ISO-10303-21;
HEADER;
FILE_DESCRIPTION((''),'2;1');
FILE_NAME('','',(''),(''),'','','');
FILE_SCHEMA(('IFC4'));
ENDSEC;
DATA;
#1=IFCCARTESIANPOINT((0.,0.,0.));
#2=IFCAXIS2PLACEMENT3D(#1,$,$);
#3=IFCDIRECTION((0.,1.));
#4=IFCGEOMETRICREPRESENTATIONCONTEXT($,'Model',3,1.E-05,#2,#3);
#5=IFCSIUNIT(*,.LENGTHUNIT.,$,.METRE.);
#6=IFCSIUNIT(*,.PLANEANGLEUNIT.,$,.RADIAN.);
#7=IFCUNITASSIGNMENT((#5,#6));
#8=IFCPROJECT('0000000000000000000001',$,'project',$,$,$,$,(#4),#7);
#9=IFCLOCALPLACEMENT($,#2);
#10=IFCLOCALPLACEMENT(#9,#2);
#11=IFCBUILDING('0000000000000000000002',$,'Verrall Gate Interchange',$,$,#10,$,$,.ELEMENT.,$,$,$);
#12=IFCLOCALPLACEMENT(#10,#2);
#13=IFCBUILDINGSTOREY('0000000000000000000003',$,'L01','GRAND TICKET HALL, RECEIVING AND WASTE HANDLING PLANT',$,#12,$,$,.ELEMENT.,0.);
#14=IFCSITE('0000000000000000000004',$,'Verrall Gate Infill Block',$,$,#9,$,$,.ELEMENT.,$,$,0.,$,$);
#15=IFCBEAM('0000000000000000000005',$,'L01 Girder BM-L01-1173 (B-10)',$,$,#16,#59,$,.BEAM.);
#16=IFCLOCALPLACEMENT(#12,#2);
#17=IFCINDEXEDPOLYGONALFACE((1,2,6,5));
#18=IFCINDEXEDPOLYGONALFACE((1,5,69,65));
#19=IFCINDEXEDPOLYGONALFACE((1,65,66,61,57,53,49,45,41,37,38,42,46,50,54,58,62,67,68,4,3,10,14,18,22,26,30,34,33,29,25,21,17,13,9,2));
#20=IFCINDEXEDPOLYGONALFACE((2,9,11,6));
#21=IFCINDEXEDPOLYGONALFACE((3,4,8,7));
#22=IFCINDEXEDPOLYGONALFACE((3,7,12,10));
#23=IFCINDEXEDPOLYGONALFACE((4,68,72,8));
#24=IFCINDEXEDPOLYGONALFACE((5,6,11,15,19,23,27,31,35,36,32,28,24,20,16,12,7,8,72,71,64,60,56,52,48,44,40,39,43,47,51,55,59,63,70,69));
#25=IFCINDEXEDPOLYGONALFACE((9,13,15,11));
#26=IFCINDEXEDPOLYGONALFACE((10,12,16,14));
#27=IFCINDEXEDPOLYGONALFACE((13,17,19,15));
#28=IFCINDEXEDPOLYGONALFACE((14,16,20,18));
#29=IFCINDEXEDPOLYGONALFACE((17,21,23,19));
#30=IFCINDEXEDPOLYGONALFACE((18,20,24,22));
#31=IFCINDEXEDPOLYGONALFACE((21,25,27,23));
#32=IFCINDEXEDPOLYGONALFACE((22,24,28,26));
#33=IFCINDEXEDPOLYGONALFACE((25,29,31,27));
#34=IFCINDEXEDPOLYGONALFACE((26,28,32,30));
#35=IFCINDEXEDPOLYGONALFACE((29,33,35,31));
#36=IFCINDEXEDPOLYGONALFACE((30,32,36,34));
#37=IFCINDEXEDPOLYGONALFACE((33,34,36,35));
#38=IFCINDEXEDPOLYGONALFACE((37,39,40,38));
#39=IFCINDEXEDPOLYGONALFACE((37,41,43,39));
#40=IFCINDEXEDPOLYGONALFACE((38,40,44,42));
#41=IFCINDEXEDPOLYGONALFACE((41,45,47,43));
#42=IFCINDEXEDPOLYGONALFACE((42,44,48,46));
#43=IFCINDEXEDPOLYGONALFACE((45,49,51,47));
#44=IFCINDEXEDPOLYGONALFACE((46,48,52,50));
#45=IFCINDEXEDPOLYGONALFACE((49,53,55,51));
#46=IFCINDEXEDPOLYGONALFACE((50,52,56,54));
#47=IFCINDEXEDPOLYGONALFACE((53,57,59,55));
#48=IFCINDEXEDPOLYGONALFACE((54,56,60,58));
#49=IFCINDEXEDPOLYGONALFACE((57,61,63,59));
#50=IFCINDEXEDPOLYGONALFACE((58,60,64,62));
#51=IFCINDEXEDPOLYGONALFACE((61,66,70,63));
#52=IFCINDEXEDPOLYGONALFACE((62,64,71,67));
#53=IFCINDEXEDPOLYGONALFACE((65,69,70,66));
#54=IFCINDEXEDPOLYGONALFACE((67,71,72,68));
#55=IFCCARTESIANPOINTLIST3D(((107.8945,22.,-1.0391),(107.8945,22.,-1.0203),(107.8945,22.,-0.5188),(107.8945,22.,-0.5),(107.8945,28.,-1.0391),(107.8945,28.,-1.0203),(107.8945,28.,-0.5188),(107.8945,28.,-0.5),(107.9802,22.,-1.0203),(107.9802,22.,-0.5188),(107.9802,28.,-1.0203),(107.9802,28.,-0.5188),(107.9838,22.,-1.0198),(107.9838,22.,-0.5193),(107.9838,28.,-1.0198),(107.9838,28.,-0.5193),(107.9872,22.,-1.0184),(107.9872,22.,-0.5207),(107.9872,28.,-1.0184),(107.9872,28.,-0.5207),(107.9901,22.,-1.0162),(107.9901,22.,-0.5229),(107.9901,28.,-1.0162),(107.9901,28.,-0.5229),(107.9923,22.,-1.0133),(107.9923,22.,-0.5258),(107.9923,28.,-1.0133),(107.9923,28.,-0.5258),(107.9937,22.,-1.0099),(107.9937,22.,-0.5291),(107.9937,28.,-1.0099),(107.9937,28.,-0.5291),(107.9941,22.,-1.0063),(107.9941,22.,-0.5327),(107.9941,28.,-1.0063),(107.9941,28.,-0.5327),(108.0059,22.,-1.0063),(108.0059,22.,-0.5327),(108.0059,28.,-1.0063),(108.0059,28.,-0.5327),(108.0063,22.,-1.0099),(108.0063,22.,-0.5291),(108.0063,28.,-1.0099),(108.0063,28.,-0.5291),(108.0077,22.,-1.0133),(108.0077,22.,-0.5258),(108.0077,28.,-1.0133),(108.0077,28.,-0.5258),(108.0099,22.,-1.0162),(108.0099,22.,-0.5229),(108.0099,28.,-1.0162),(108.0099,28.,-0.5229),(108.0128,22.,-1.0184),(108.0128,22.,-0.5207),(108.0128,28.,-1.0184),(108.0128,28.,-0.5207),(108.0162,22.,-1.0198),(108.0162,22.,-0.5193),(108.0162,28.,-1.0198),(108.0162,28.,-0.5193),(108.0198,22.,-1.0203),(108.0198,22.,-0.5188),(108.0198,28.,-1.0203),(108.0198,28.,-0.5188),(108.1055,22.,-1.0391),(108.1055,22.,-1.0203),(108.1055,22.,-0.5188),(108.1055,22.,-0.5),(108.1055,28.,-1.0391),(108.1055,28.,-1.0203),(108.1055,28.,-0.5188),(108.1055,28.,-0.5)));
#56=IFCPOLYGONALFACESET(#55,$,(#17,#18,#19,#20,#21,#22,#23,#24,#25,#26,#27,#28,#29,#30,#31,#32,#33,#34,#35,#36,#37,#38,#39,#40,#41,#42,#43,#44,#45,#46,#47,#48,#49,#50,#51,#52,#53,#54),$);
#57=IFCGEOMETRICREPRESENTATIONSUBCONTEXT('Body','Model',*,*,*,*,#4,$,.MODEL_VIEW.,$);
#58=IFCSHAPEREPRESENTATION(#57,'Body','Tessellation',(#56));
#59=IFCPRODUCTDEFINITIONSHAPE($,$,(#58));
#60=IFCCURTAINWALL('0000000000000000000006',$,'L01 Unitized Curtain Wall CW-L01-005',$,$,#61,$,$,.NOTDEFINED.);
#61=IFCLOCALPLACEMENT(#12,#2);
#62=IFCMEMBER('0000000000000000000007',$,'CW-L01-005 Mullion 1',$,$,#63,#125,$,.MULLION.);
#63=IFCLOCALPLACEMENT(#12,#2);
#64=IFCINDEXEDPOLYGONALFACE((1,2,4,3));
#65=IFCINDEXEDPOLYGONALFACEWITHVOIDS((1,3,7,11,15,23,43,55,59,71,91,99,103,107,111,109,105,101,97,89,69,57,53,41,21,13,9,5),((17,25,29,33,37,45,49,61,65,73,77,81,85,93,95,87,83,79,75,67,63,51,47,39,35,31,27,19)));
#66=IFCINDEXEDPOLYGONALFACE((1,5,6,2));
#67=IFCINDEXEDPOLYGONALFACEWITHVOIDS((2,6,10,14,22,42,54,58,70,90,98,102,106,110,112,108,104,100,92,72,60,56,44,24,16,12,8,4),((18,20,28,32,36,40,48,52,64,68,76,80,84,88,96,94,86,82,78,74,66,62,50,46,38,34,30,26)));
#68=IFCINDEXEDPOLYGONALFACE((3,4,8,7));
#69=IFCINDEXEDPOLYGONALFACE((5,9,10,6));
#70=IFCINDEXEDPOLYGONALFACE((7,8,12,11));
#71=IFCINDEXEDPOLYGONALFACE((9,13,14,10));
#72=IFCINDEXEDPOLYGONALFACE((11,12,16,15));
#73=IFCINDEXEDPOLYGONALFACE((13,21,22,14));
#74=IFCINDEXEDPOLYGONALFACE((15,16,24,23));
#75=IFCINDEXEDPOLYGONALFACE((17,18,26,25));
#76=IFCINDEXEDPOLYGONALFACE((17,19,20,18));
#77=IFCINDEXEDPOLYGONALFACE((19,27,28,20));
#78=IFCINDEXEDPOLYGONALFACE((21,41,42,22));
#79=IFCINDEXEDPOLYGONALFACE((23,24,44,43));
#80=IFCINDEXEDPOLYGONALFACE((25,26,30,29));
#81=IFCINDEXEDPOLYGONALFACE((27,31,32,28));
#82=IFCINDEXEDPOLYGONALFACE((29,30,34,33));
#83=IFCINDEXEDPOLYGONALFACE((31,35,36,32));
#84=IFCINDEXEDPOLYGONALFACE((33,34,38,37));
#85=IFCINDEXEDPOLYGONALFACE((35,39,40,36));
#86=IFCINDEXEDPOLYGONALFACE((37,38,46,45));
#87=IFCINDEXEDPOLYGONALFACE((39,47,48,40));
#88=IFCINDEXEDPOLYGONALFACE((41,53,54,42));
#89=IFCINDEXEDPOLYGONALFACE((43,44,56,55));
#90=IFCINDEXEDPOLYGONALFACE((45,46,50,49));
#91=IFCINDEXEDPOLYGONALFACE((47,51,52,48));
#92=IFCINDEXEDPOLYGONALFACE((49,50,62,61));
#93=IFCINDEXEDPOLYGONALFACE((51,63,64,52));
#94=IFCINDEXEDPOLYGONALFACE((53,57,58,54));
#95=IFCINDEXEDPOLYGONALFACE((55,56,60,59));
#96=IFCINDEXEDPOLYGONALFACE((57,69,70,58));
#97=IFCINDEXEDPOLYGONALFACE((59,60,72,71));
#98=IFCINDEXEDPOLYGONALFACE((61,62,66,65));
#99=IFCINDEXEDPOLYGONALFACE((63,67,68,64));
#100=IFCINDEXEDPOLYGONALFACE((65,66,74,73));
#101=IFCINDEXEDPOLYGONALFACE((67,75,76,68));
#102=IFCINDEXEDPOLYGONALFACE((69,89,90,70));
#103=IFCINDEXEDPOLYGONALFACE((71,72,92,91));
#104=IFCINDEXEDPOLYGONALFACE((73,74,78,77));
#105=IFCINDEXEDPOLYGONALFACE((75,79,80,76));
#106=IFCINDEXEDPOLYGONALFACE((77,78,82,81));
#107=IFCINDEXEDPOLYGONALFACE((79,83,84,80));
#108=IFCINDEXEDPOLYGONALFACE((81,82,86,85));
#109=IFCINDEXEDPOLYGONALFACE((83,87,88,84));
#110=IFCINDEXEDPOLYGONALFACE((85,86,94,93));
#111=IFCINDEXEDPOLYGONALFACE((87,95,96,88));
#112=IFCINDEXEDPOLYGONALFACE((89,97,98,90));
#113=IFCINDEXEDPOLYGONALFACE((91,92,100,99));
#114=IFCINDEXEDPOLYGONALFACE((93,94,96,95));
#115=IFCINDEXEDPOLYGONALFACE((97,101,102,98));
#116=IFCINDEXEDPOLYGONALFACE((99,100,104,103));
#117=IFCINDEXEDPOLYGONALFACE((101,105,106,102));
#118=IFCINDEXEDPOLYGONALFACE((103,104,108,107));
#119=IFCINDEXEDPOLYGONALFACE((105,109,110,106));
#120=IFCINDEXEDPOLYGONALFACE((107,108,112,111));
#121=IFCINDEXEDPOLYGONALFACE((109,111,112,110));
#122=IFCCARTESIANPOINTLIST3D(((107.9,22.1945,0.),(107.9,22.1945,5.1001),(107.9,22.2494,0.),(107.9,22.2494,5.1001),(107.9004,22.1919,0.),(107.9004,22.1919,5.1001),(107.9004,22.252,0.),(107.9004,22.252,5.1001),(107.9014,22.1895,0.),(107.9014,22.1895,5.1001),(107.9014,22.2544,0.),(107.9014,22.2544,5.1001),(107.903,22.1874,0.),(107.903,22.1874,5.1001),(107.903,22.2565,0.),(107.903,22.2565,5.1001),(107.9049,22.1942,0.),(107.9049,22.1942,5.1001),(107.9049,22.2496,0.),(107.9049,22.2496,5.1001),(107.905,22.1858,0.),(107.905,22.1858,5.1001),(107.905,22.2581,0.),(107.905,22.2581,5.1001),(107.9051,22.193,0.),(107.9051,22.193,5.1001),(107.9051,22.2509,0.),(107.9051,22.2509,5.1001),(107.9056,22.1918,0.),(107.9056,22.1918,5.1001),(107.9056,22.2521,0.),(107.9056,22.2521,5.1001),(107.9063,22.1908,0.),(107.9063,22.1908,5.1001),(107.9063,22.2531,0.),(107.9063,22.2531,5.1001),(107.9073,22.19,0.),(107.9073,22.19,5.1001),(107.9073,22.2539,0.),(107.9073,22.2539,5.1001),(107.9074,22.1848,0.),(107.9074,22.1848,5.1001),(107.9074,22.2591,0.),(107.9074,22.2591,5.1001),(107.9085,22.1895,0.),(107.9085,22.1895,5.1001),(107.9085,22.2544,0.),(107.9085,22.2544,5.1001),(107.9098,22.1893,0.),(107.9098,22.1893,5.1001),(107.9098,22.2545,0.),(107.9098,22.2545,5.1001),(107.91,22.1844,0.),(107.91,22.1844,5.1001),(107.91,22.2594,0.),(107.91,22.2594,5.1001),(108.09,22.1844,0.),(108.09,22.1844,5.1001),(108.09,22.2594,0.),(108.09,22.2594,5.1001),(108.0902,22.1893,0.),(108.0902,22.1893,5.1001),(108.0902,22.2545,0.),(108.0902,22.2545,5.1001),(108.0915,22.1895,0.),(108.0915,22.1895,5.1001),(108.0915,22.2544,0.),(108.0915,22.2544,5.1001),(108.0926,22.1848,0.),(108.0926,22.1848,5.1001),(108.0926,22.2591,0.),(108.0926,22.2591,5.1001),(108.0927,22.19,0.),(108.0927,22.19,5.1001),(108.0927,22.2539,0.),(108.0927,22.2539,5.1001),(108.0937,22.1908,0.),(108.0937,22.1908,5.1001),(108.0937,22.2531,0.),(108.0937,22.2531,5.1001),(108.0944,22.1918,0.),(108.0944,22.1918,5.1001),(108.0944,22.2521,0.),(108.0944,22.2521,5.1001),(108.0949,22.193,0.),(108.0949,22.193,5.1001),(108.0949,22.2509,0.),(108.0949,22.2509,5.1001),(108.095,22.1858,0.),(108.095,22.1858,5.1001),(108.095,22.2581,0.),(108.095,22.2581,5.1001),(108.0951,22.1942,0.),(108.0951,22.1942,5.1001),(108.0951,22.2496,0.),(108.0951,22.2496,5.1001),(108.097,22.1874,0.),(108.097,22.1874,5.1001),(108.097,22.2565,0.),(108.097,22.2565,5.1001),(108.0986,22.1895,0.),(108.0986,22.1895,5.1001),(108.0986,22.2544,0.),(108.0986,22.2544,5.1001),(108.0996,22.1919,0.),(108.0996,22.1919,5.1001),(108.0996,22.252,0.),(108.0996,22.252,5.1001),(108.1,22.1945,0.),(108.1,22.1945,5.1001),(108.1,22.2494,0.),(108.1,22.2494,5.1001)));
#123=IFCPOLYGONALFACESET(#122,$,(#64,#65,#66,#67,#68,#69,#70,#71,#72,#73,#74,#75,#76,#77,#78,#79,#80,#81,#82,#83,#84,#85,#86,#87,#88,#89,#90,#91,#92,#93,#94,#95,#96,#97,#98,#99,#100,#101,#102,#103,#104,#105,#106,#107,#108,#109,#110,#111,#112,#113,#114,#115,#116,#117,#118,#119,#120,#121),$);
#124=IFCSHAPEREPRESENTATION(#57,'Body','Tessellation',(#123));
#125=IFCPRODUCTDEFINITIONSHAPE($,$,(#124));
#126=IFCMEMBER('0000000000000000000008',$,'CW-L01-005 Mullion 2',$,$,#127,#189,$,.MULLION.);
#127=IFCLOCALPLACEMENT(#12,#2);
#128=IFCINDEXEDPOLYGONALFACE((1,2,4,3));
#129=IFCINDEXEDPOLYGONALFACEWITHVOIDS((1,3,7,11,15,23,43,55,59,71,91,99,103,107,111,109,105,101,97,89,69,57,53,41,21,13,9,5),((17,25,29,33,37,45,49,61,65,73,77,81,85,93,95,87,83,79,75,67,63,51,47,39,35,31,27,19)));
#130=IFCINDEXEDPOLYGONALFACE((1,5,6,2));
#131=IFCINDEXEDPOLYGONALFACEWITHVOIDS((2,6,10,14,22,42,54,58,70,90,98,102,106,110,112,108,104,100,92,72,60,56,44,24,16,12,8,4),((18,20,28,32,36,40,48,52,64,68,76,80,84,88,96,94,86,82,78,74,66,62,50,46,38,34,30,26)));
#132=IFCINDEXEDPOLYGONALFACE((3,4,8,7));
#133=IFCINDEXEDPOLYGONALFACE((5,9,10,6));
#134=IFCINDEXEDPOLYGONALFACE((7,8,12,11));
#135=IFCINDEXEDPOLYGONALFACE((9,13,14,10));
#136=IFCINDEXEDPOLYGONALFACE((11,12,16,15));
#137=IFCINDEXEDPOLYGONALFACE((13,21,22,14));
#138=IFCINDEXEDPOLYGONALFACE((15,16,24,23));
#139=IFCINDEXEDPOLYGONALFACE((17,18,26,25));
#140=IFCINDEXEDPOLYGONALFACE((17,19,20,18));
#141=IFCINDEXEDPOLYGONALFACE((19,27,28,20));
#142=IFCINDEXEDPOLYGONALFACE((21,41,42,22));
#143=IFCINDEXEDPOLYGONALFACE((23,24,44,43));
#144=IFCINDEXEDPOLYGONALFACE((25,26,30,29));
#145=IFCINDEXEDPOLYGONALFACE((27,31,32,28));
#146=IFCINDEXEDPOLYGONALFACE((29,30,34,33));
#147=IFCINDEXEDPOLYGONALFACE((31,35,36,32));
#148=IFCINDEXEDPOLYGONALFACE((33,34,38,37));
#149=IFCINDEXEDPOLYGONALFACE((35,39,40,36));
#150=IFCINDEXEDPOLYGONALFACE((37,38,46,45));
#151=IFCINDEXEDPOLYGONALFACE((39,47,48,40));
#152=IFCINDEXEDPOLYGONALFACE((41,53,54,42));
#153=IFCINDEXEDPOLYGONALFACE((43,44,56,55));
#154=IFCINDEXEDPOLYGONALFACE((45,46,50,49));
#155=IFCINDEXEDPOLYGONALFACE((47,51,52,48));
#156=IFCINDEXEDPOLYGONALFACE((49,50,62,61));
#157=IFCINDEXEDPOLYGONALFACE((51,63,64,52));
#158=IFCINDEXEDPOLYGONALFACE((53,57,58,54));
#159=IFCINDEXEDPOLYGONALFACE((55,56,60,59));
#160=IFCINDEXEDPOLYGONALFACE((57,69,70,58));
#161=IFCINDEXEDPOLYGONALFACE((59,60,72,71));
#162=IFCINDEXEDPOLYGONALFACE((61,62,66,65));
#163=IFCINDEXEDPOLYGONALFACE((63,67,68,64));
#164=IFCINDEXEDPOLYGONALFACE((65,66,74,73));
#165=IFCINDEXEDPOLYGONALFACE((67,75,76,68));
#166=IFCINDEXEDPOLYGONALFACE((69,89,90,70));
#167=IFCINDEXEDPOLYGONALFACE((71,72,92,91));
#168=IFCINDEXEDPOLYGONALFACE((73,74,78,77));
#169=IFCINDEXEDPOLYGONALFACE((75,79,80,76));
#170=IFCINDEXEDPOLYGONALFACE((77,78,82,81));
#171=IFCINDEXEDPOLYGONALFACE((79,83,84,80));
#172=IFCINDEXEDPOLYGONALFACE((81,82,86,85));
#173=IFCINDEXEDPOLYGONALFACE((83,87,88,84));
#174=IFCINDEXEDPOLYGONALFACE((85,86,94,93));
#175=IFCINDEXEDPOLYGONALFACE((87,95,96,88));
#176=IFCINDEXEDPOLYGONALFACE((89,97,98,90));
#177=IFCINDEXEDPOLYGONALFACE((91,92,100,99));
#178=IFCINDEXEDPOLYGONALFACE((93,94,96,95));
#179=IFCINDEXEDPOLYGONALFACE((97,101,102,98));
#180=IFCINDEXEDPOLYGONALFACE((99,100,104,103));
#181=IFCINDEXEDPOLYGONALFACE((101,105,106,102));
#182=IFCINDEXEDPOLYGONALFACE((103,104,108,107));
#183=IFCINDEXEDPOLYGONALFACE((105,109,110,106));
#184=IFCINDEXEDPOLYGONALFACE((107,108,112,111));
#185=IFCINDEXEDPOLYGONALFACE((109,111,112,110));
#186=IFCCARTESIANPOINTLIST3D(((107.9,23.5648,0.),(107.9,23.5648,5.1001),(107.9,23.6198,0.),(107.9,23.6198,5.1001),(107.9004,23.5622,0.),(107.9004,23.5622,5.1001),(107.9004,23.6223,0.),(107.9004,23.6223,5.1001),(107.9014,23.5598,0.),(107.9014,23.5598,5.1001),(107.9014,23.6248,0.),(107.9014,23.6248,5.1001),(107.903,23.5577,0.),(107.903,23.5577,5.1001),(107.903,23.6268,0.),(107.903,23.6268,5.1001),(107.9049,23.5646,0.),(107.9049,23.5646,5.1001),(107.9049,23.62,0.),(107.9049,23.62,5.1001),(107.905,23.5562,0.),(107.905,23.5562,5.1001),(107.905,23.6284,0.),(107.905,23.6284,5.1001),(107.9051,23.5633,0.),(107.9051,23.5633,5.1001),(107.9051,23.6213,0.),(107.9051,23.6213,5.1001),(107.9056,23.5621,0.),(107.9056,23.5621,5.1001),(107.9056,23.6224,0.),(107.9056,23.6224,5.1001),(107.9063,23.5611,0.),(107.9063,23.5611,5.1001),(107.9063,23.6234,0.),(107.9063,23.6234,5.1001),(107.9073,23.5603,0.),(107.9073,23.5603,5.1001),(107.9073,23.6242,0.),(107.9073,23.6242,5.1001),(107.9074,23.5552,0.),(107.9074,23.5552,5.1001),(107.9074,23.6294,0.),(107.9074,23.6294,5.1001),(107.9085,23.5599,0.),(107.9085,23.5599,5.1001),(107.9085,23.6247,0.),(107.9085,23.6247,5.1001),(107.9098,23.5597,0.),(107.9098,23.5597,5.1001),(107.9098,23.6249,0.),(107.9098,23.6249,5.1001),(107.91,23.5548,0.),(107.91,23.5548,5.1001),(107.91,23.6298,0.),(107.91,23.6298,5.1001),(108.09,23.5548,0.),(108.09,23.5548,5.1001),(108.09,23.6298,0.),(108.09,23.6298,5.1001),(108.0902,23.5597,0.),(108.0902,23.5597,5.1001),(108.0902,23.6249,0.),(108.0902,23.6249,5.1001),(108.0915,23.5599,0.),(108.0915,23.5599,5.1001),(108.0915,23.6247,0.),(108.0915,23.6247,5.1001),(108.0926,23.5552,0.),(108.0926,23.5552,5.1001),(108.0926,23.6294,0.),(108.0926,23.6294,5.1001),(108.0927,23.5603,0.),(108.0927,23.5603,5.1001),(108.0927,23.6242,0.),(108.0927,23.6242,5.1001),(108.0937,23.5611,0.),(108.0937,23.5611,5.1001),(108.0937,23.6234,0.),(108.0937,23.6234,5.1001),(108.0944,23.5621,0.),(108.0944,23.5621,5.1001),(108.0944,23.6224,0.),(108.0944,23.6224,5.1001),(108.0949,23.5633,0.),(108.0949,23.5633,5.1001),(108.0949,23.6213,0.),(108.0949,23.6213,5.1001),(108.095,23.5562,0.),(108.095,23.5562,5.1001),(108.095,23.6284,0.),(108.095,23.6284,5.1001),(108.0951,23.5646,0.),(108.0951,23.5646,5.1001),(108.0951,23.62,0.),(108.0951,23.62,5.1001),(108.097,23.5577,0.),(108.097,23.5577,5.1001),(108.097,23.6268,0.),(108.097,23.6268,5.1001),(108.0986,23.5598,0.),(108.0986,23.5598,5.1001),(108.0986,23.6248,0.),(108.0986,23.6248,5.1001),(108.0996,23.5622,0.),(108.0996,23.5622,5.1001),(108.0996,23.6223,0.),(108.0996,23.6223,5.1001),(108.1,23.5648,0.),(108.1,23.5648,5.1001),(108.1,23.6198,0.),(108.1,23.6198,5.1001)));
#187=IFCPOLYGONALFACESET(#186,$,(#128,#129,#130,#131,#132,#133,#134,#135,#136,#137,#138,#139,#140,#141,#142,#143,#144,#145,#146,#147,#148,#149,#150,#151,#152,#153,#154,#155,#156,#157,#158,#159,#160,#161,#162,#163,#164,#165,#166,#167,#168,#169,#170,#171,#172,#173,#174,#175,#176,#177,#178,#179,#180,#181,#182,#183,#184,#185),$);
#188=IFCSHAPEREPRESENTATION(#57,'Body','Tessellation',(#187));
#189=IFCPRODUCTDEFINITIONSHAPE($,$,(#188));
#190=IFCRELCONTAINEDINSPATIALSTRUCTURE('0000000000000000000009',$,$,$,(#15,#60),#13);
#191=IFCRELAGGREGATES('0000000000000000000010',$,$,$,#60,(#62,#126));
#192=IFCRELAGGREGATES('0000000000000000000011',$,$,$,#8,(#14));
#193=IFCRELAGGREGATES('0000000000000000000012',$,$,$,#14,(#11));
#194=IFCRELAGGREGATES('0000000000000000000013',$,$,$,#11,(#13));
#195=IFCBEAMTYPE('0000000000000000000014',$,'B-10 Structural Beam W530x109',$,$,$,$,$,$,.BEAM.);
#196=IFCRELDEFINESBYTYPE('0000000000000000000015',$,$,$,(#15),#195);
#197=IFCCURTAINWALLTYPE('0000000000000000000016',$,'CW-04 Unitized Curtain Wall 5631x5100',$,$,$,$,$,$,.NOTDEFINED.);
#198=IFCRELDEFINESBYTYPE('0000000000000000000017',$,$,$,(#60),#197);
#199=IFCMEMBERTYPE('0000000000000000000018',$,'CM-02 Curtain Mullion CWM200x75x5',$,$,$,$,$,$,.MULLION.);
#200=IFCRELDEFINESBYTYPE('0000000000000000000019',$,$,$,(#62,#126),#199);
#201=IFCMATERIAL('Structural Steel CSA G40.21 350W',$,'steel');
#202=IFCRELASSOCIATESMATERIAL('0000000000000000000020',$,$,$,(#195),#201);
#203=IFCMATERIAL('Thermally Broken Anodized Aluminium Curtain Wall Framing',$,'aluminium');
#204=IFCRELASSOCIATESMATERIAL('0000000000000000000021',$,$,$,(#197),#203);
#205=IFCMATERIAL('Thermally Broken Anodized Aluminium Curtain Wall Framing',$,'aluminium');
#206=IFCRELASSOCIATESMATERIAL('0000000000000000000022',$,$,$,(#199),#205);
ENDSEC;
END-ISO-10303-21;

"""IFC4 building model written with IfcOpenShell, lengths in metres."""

from ifc_helpers import new_model, si_unit, direction, frame, origin, origin_2d, place, context, subcontext, project, spatial, hollow_rectangle, i_section, extrude, material, material_profile, profile_set, type_object, element, aggregate, save


model = new_model("IFC4")

# Units and contexts
model_context = context("Model", 3, precision=1e-05, world=origin(), true_north=direction((0.0, 1.0)))
body_context = subcontext(model_context, "Body", "Model", "MODEL_VIEW")
ifc_project = project(units=[si_unit("LENGTHUNIT", "METRE"), si_unit("PLANEANGLEUNIT", "RADIAN")], contexts=[model_context])

# Site, building, storey
site_placement = place(None, origin())
site = spatial("IfcSite", under=ifc_project, at=site_placement, Name="Verrall Gate Infill Block", CompositionType="ELEMENT", RefElevation=0.0)
building_placement = place(site_placement, origin())
building = spatial("IfcBuilding", under=site, at=building_placement, Name="Verrall Gate Interchange", CompositionType="ELEMENT")
storey_placement = place(building_placement, origin())
storey = spatial("IfcBuildingStorey", under=building, at=storey_placement, Name="L01", Description="GRAND TICKET HALL, RECEIVING AND WASTE HANDLING PLANT", CompositionType="ELEMENT", Elevation=0.0)

# Beam
ifc_material_1 = material(Name="Structural Steel CSA G40.21 350W", Category="steel")
ifc_material_profile_1 = material_profile(ifc_material_1, i_section(OverallWidth=0.2109, OverallDepth=0.5391, WebThickness=0.0117, FlangeThickness=0.0188, FilletRadius=0.0139, at=origin_2d()), Name="W530x109")
ifc_profile_set_1 = profile_set([ifc_material_profile_1], Name="Structural Steel CSA G40.21 350W")
beam_type = type_object("IfcBeamType", Name="B-10 Structural Beam W530x109", PredefinedType="BEAM", material=ifc_profile_set_1)
beam_placement = place(storey_placement, frame((108.0, 22.0, -0.7695), z_axis=(0.0, 1.0, 0.0), x_axis=(-1.0, 0.0, 0.0)))
element("IfcBeam", 1, at=beam_placement, inside=storey, type_object=beam_type, Name="L01 Girder BM-L01-1173 (B-10)", PredefinedType="BEAM", context=body_context, shape_type="SweptSolid", body=[
    extrude(i_section(OverallWidth=0.2109, OverallDepth=0.5391, WebThickness=0.0117, FlangeThickness=0.0188, FilletRadius=0.0139, at=origin_2d()), origin(), (0.0, 0.0, 1.0), 6.0),
])

# Curtain wall, members
ifc_material_2 = material(Name="Thermally Broken Anodized Aluminium Curtain Wall Framing", Category="aluminium")
curtain_wall_type = type_object("IfcCurtainWallType", Name="CW-04 Unitized Curtain Wall 5631x5100", PredefinedType="NOTDEFINED", material=ifc_material_2)
curtain_wall_placement = place(storey_placement, origin())
curtain_wall = element("IfcCurtainWall", 2, at=curtain_wall_placement, inside=storey, type_object=curtain_wall_type, Name="L01 Unitized Curtain Wall CW-L01-005", PredefinedType="NOTDEFINED")
ifc_material_3 = material(Name="Thermally Broken Anodized Aluminium Curtain Wall Framing", Category="aluminium")
ifc_material_profile_2 = material_profile(ifc_material_3, hollow_rectangle(XDim=0.075, YDim=0.2, WallThickness=0.0049, InnerFilletRadius=0.0049, OuterFilletRadius=0.01, at=origin_2d()), Name="CWM200x75x5")
ifc_profile_set_2 = profile_set([ifc_material_profile_2], Name="Thermally Broken Anodized Aluminium Curtain Wall Framing")
member_type_1 = type_object("IfcMemberType", Name="CM-02 Curtain Mullion CWM200x75x5", PredefinedType="MULLION", material=ifc_profile_set_2)
member_1_placement = place(storey_placement, frame((108.0, 22.2219, 0.0), z_axis=(0.0, 0.0, 1.0), x_axis=(0.0, 1.0, 0.0)))
member_1 = element("IfcMember", 3, at=member_1_placement, type_object=member_type_1, Name="CW-L01-005 Mullion 1", PredefinedType="MULLION", context=body_context, shape_type="SweptSolid", body=[
    extrude(hollow_rectangle(XDim=0.075, YDim=0.2, WallThickness=0.0049, InnerFilletRadius=0.0049, OuterFilletRadius=0.01, at=origin_2d()), origin(), (0.0, 0.0, 1.0), 5.1001),
])
member_2_placement = place(storey_placement, frame((108.0, 23.5923, 0.0), z_axis=(0.0, 0.0, 1.0), x_axis=(0.0, 1.0, 0.0)))
member_2 = element("IfcMember", 4, at=member_2_placement, type_object=member_type_1, Name="CW-L01-005 Mullion 2", PredefinedType="MULLION", context=body_context, shape_type="SweptSolid", body=[
    extrude(hollow_rectangle(XDim=0.075, YDim=0.2, WallThickness=0.0049, InnerFilletRadius=0.0049, OuterFilletRadius=0.01, at=origin_2d()), origin(), (0.0, 0.0, 1.0), 5.1001),
])
aggregate(curtain_wall, [member_1, member_2])

save(model, "model.ifc")
